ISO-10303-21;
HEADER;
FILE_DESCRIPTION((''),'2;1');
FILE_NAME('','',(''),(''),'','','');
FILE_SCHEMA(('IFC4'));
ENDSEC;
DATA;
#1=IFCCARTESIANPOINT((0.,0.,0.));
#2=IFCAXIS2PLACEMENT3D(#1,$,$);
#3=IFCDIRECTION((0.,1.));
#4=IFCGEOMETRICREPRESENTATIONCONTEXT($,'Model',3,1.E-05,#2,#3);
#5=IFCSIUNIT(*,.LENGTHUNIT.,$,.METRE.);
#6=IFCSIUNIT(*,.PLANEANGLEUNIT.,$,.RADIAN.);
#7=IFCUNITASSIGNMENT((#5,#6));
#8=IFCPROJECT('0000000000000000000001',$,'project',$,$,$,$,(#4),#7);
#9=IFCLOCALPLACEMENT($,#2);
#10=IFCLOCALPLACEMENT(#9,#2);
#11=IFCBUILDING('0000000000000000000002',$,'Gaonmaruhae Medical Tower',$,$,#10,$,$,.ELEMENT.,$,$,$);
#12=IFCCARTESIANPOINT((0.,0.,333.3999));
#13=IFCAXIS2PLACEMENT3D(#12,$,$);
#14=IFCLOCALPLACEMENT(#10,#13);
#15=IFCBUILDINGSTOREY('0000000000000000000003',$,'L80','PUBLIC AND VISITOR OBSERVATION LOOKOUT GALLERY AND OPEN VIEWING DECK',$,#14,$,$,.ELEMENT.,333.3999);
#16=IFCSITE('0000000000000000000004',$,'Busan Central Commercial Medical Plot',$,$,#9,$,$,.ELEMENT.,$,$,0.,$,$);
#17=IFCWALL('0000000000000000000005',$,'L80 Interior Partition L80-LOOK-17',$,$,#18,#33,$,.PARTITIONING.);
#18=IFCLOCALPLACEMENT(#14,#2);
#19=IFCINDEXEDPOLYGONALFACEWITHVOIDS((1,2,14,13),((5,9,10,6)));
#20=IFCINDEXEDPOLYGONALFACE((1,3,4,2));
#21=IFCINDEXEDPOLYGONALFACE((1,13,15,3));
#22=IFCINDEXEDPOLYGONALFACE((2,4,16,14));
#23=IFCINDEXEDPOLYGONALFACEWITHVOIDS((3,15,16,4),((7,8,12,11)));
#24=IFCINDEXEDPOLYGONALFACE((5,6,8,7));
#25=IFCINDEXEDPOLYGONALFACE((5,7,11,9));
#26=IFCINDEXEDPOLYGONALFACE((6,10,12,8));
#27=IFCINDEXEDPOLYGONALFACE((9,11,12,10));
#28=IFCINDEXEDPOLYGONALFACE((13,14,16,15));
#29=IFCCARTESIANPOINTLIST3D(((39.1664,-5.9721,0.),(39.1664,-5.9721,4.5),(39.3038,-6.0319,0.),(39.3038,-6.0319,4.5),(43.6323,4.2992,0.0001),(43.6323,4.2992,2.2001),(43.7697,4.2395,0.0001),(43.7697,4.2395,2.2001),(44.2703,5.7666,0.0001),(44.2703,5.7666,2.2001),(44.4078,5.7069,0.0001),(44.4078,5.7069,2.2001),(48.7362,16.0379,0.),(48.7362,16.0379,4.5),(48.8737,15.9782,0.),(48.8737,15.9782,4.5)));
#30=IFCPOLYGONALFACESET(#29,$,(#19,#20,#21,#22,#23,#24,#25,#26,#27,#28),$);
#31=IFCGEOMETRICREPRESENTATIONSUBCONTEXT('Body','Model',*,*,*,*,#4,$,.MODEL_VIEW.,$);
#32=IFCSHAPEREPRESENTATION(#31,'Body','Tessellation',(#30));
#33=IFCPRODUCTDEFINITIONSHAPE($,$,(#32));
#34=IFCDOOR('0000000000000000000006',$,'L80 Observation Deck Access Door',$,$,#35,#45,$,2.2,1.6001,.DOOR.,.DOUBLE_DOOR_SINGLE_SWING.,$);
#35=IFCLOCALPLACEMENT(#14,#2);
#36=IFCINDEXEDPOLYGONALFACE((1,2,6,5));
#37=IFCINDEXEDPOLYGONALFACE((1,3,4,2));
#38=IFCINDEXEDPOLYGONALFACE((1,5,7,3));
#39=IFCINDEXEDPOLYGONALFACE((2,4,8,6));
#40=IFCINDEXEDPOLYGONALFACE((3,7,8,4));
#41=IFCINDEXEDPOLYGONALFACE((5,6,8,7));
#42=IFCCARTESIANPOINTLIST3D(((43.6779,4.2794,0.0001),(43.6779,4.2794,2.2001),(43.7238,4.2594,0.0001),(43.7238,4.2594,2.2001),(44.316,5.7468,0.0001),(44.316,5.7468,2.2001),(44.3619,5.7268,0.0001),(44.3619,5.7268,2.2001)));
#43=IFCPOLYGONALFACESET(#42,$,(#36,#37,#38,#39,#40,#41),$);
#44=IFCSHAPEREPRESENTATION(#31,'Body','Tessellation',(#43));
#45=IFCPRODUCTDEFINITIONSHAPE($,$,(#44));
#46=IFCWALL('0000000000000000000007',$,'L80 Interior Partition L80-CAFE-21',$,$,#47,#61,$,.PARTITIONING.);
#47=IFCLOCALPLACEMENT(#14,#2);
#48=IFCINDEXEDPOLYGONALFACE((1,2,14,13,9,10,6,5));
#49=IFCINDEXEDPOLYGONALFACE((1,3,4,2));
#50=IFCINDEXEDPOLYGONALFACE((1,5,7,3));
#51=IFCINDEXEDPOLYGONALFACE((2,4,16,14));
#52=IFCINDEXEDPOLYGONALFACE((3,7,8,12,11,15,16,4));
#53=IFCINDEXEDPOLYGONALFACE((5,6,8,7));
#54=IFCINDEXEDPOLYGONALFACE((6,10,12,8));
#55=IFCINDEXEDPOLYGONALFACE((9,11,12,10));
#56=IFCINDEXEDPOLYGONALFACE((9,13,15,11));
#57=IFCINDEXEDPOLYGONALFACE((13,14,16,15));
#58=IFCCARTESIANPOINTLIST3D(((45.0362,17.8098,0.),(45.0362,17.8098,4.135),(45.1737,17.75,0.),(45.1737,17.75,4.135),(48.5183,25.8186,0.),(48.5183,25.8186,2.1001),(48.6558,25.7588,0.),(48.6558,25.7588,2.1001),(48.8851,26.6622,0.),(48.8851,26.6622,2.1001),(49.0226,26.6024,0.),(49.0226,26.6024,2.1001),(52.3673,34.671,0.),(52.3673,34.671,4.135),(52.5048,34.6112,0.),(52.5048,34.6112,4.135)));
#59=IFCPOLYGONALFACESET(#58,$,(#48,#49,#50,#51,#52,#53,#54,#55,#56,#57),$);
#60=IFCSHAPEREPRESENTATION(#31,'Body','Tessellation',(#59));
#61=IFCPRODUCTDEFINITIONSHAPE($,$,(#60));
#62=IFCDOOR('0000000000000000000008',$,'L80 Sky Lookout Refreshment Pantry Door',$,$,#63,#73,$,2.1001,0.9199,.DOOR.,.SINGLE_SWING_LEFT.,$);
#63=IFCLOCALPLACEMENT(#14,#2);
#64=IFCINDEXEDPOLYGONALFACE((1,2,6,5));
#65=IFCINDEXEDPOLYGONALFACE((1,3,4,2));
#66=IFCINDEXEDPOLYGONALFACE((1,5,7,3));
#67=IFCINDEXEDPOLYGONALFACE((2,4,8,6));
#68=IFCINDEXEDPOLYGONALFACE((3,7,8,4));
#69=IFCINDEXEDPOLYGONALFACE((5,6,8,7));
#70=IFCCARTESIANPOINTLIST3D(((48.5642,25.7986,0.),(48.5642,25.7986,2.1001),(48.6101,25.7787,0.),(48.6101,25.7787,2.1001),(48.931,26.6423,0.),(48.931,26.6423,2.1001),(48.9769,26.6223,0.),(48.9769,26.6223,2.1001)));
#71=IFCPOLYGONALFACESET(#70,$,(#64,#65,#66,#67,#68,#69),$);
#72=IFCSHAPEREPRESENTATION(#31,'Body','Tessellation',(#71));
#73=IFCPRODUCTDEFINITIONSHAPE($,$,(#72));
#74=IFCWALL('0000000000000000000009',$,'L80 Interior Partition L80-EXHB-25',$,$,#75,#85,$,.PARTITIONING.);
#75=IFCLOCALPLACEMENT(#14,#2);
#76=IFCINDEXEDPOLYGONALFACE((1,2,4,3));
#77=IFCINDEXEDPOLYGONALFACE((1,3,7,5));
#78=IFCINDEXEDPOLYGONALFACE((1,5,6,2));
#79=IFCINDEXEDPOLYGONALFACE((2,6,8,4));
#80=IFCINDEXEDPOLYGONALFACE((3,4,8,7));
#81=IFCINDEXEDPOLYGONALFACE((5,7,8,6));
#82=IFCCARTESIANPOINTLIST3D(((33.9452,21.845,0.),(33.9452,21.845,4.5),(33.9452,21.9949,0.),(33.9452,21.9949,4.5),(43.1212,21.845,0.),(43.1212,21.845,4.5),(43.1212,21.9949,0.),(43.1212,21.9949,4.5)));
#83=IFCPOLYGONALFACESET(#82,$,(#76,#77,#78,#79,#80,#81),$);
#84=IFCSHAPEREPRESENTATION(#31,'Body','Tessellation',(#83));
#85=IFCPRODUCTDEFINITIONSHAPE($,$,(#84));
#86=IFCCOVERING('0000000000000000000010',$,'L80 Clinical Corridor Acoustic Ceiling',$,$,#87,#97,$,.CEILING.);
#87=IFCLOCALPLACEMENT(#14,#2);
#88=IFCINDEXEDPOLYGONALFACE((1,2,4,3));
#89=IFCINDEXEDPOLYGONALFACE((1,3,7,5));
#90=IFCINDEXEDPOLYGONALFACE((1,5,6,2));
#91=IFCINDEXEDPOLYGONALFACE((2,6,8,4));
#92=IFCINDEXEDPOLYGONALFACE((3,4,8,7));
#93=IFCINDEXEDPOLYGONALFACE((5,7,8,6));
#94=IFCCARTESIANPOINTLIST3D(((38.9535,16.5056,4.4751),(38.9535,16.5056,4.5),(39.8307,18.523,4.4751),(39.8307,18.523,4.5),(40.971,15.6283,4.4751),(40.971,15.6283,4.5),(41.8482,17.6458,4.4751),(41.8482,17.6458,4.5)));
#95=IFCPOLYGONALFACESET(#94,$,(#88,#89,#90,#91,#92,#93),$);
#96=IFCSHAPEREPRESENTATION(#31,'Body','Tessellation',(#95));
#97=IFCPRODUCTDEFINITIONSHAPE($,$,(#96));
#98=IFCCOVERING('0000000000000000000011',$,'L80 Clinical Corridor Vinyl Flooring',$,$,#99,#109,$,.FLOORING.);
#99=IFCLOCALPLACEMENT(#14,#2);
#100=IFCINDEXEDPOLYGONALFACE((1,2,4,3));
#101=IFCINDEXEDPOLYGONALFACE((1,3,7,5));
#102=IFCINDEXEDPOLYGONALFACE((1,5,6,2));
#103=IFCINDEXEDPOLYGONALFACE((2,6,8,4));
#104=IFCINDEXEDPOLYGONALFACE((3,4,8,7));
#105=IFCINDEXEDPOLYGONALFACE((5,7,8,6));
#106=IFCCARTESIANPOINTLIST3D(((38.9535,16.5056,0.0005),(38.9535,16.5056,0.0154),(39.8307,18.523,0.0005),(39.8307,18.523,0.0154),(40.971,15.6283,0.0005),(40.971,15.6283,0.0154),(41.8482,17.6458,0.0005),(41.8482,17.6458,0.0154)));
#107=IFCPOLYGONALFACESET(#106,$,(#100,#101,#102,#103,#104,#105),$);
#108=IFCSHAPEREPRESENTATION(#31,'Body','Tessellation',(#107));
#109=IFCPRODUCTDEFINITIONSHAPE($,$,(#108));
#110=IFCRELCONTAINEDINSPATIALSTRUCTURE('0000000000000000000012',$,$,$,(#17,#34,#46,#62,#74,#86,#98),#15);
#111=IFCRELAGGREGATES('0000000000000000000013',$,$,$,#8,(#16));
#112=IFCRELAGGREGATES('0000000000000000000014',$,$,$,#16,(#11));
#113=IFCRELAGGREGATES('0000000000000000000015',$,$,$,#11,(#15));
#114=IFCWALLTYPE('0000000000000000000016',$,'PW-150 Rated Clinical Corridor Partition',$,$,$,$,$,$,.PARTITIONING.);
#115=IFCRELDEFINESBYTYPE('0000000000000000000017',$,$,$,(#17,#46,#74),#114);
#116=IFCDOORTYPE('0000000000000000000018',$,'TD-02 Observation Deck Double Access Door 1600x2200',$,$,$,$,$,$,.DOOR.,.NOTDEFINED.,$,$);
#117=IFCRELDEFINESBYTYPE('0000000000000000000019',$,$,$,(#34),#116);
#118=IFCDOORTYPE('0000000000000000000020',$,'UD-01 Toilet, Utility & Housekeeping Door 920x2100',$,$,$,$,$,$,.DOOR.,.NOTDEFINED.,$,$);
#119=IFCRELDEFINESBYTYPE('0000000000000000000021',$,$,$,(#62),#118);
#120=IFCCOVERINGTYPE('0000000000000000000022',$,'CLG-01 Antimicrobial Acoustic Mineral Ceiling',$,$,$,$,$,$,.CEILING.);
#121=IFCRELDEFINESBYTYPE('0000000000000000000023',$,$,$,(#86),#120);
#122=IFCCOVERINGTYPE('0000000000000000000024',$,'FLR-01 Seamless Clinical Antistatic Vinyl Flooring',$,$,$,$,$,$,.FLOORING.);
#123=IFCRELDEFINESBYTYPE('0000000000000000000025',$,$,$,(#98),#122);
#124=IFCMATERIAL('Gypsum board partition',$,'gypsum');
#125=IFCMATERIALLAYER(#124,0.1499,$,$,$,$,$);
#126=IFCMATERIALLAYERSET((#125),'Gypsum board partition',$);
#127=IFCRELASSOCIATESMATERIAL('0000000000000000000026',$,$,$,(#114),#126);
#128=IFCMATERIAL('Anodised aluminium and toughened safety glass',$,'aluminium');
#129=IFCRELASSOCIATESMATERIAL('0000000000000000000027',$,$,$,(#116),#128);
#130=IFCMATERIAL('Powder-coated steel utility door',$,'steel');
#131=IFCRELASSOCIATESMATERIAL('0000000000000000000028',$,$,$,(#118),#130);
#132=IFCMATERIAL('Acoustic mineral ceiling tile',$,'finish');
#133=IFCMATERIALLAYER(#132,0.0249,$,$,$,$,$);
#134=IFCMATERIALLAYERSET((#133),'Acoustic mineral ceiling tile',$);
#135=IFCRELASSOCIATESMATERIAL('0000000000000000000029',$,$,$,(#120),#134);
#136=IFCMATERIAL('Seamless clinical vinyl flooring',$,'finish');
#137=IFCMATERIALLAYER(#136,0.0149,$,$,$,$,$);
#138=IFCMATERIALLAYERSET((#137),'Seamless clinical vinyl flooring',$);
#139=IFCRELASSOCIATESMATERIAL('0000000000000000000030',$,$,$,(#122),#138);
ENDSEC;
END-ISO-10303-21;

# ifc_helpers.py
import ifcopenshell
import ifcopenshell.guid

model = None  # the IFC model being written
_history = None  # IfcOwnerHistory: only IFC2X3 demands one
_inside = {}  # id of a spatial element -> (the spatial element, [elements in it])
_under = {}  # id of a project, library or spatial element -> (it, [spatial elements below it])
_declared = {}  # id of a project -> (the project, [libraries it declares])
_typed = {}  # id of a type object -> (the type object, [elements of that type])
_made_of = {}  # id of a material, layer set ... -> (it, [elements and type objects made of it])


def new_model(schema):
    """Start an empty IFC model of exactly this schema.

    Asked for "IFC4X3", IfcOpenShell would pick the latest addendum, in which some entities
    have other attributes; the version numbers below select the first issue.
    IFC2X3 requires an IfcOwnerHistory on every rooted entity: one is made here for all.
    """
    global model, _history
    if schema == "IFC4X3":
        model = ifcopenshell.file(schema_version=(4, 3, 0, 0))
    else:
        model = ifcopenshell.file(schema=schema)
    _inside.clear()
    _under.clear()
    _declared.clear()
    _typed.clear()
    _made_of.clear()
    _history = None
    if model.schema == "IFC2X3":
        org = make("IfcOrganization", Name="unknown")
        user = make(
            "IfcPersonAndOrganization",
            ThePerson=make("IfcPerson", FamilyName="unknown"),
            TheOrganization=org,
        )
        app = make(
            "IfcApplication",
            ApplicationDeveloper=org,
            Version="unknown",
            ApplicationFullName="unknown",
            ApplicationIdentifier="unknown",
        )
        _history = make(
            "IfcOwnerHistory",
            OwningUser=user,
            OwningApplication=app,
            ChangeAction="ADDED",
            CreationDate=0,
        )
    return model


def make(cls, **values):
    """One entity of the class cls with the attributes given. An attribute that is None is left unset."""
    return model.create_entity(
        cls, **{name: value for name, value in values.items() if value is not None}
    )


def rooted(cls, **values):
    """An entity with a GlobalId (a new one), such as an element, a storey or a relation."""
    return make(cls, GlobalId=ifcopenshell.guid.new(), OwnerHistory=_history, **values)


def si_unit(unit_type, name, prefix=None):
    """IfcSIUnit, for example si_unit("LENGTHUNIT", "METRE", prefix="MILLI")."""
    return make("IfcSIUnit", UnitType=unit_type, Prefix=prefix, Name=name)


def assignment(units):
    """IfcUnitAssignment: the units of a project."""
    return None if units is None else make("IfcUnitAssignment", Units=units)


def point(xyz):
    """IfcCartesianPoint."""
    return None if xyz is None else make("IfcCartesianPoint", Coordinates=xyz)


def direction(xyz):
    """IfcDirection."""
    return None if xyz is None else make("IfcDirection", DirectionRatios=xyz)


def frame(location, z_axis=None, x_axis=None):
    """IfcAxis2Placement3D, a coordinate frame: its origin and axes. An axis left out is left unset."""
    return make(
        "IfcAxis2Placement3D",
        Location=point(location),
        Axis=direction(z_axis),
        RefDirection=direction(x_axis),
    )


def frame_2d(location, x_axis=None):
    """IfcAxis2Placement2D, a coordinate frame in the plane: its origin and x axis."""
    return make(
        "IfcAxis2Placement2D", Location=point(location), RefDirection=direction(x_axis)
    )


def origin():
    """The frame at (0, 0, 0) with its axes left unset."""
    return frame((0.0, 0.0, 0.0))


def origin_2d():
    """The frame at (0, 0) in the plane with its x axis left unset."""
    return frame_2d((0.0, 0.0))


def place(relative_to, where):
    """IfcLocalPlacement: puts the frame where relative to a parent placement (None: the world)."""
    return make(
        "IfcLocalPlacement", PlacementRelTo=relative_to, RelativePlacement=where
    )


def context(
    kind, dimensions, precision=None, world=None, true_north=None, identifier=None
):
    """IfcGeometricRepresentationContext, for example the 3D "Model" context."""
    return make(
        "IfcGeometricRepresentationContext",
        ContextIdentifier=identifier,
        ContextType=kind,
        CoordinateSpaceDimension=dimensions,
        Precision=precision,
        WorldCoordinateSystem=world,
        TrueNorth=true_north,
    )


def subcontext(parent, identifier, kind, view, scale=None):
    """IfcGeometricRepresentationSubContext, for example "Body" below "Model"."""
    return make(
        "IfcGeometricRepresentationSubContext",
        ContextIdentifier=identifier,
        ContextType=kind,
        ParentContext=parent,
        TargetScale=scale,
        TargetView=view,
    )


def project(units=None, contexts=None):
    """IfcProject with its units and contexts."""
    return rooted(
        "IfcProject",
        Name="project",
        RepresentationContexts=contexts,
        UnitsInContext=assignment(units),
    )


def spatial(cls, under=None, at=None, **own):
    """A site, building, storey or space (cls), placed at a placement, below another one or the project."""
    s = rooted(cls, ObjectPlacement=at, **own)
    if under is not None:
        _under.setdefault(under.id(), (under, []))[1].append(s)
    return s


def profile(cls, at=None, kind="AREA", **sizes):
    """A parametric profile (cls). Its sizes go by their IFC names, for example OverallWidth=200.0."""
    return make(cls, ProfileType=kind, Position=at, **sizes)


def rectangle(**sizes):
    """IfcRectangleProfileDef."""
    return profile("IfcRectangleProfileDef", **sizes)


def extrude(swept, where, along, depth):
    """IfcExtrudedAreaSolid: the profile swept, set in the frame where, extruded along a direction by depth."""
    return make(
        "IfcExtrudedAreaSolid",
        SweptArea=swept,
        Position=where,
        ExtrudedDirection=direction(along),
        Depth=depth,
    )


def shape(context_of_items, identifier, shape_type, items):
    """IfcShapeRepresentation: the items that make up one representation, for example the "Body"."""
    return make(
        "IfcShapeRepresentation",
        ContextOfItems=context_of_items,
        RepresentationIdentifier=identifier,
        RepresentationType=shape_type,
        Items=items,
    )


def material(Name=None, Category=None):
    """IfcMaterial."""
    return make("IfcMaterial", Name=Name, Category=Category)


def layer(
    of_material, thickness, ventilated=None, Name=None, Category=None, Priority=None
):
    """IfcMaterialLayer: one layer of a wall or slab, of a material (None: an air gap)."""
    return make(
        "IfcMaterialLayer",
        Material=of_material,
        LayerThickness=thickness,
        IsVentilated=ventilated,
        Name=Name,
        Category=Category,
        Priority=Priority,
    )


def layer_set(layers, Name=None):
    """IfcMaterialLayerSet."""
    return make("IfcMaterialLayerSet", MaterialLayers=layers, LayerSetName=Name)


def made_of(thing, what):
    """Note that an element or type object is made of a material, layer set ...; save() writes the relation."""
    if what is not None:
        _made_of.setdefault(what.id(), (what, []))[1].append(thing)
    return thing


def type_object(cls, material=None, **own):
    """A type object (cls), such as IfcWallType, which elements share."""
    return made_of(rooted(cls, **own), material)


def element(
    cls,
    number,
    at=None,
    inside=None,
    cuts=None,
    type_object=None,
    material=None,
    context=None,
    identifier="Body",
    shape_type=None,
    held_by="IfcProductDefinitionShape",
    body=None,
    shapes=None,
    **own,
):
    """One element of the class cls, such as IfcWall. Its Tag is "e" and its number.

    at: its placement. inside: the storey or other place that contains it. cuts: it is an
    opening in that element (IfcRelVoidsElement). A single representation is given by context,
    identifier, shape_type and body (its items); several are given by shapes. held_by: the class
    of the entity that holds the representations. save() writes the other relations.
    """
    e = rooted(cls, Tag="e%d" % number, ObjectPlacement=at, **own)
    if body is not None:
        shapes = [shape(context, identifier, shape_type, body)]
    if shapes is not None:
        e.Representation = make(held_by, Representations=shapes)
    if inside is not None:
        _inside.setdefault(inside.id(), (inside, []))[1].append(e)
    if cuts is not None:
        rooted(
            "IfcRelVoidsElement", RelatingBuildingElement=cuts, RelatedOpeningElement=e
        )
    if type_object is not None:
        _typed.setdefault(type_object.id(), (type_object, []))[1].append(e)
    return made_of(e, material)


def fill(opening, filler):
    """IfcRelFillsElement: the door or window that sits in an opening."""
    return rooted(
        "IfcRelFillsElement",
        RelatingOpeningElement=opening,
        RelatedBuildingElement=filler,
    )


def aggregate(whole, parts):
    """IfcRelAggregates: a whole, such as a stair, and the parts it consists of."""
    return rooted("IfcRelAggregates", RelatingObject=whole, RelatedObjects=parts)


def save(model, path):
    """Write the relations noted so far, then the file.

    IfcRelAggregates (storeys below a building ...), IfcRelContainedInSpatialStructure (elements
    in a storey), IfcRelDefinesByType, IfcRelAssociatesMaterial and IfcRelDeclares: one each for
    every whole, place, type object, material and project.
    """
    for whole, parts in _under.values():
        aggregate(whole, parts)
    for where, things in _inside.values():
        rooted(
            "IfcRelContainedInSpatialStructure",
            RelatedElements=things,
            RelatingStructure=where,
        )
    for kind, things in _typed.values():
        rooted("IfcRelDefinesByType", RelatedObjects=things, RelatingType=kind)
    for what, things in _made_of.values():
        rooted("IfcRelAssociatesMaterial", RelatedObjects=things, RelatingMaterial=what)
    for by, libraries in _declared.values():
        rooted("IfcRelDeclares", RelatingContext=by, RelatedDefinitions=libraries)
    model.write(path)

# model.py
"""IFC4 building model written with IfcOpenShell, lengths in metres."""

from ifc_helpers import new_model, si_unit, direction, frame, frame_2d, origin, origin_2d, place, context, subcontext, project, spatial, rectangle, extrude, material, layer, layer_set, type_object, element, fill, save


model = new_model("IFC4")

# Units and contexts
model_context = context("Model", 3, precision=1e-05, world=origin(), true_north=direction((0.0, 1.0)))
body_context = subcontext(model_context, "Body", "Model", "MODEL_VIEW")
ifc_project = project(units=[si_unit("LENGTHUNIT", "METRE"), si_unit("PLANEANGLEUNIT", "RADIAN")], contexts=[model_context])

# Site, building, storey
site_placement = place(None, origin())
site = spatial("IfcSite", under=ifc_project, at=site_placement, Name="Busan Central Commercial Medical Plot", CompositionType="ELEMENT", RefElevation=0.0)
building_placement = place(site_placement, origin())
building = spatial("IfcBuilding", under=site, at=building_placement, Name="Gaonmaruhae Medical Tower", CompositionType="ELEMENT")
storey_placement = place(building_placement, frame((0.0, 0.0, 333.3999)))
storey = spatial("IfcBuildingStorey", under=building, at=storey_placement, Name="L80", Description="PUBLIC AND VISITOR OBSERVATION LOOKOUT GALLERY AND OPEN VIEWING DECK", CompositionType="ELEMENT", Elevation=333.3999)

# Shared definitions
ifc_material_1 = material(Name="Gypsum board partition", Category="gypsum")
ifc_layer_1 = layer(ifc_material_1, 0.1499)
ifc_layer_set_1 = layer_set([ifc_layer_1], Name="Gypsum board partition")
wall_type = type_object("IfcWallType", Name="PW-150 Rated Clinical Corridor Partition", PredefinedType="PARTITIONING", material=ifc_layer_set_1)

# Walls, openings, doors
wall_1_placement = place(storey_placement, frame((48.8049, 16.0081, 0.0), z_axis=(0.0, 0.0, 1.0), x_axis=(-0.398735, -0.917066, 0.0)))
wall_1 = element("IfcWall", 1, at=wall_1_placement, inside=storey, type_object=wall_type, Name="L80 Interior Partition L80-LOOK-17", PredefinedType="PARTITIONING", context=body_context, shape_type="SweptSolid", body=[
    extrude(rectangle(XDim=24.0005, YDim=0.1499, at=frame_2d((12.0002, 0.0))), origin(), (0.0, 0.0, 1.0), 4.5),
])
opening_1_placement = place(wall_1_placement, frame((11.2002, 0.0, 0.0)))
opening_1 = element("IfcOpeningElement", 2, at=opening_1_placement, cuts=wall_1, PredefinedType="OPENING", context=body_context, shape_type="SweptSolid", body=[
    extrude(rectangle(XDim=1.6001, YDim=2.2, at=frame_2d((0.8, 1.1001))), frame((0.0, 0.085, 0.0), z_axis=(0.0, -1.0, 0.0), x_axis=(1.0, 0.0, 0.0)), (0.0, 0.0, 1.0), 0.1699),
])
ifc_material_2 = material(Name="Anodised aluminium and toughened safety glass", Category="aluminium")
door_type_1 = type_object("IfcDoorType", Name="TD-02 Observation Deck Double Access Door 1600x2200", OperationType="NOTDEFINED", PredefinedType="DOOR", material=ifc_material_2)
door_1_placement = place(opening_1_placement, origin())
door_1 = element("IfcDoor", 3, at=door_1_placement, inside=storey, type_object=door_type_1, Name="L80 Observation Deck Access Door", OperationType="DOUBLE_DOOR_SINGLE_SWING", OverallHeight=2.2, OverallWidth=1.6001, PredefinedType="DOOR", context=body_context, shape_type="SweptSolid", body=[
    extrude(rectangle(XDim=1.6001, YDim=2.2, at=frame_2d((0.8, 1.1001))), frame((0.0, 0.0249, 0.0), z_axis=(0.0, -1.0, 0.0), x_axis=(1.0, 0.0, 0.0)), (0.0, 0.0, 1.0), 0.05),
])
fill(opening_1, door_1)
wall_2_placement = place(storey_placement, frame((45.105, 17.78, 0.0), z_axis=(0.0, 0.0, 1.0), x_axis=(0.398733, 0.917067, 0.0)))
wall_2 = element("IfcWall", 4, at=wall_2_placement, inside=storey, type_object=wall_type, Name="L80 Interior Partition L80-CAFE-21", PredefinedType="PARTITIONING", context=body_context, shape_type="SweptSolid", body=[
    extrude(rectangle(XDim=18.386, YDim=0.1499, at=frame_2d((9.1929, 0.0))), origin(), (0.0, 0.0, 1.0), 4.135),
])
opening_2_placement = place(wall_2_placement, frame((8.7329, 0.0, 0.0)))
opening_2 = element("IfcOpeningElement", 5, at=opening_2_placement, cuts=wall_2, PredefinedType="OPENING", context=body_context, shape_type="SweptSolid", body=[
    extrude(rectangle(XDim=0.9199, YDim=2.1001, at=frame_2d((0.46, 1.05))), frame((0.0, 0.085, 0.0), z_axis=(0.0, -1.0, 0.0), x_axis=(1.0, 0.0, 0.0)), (0.0, 0.0, 1.0), 0.1699),
])
ifc_material_3 = material(Name="Powder-coated steel utility door", Category="steel")
door_type_2 = type_object("IfcDoorType", Name="UD-01 Toilet, Utility & Housekeeping Door 920x2100", OperationType="NOTDEFINED", PredefinedType="DOOR", material=ifc_material_3)
door_2_placement = place(opening_2_placement, origin())
door_2 = element("IfcDoor", 6, at=door_2_placement, inside=storey, type_object=door_type_2, Name="L80 Sky Lookout Refreshment Pantry Door", OperationType="SINGLE_SWING_LEFT", OverallHeight=2.1001, OverallWidth=0.9199, PredefinedType="DOOR", context=body_context, shape_type="SweptSolid", body=[
    extrude(rectangle(XDim=0.9199, YDim=2.1001, at=frame_2d((0.46, 1.05))), frame((0.0, 0.0249, 0.0), z_axis=(0.0, -1.0, 0.0), x_axis=(1.0, 0.0, 0.0)), (0.0, 0.0, 1.0), 0.05),
])
fill(opening_2, door_2)

# Wall
wall_3_placement = place(storey_placement, frame((43.1211, 21.9199, 0.0), z_axis=(0.0, 0.0, 1.0), x_axis=(-1.0, 0.0, 0.0)))
element("IfcWall", 7, at=wall_3_placement, inside=storey, type_object=wall_type, Name="L80 Interior Partition L80-EXHB-25", PredefinedType="PARTITIONING", context=body_context, shape_type="SweptSolid", body=[
    extrude(rectangle(XDim=9.176, YDim=0.1499, at=frame_2d((4.5879, 0.0))), origin(), (0.0, 0.0, 1.0), 4.5),
])

# Coverings
ifc_material_4 = material(Name="Acoustic mineral ceiling tile", Category="finish")
ifc_layer_2 = layer(ifc_material_4, 0.0249)
ifc_layer_set_2 = layer_set([ifc_layer_2], Name="Acoustic mineral ceiling tile")
covering_type_1 = type_object("IfcCoveringType", Name="CLG-01 Antimicrobial Acoustic Mineral Ceiling", PredefinedType="CEILING", material=ifc_layer_set_2)
covering_1_placement = place(storey_placement, frame((40.4009, 17.0757, 4.4751), z_axis=(0.0, 0.0, 1.0), x_axis=(0.398749, 0.91706, 0.0)))
element("IfcCovering", 8, at=covering_1_placement, inside=storey, type_object=covering_type_1, Name="L80 Clinical Corridor Acoustic Ceiling", PredefinedType="CEILING", context=body_context, shape_type="SweptSolid", body=[
    extrude(rectangle(XDim=2.2, YDim=2.2, at=origin_2d()), origin(), (0.0, 0.0, 1.0), 0.0249),
])
ifc_material_5 = material(Name="Seamless clinical vinyl flooring", Category="finish")
ifc_layer_3 = layer(ifc_material_5, 0.0149)
ifc_layer_set_3 = layer_set([ifc_layer_3], Name="Seamless clinical vinyl flooring")
covering_type_2 = type_object("IfcCoveringType", Name="FLR-01 Seamless Clinical Antistatic Vinyl Flooring", PredefinedType="FLOORING", material=ifc_layer_set_3)
covering_2_placement = place(storey_placement, frame((40.4009, 17.0757, 0.0005), z_axis=(0.0, 0.0, 1.0), x_axis=(0.398749, 0.91706, 0.0)))
element("IfcCovering", 9, at=covering_2_placement, inside=storey, type_object=covering_type_2, Name="L80 Clinical Corridor Vinyl Flooring", PredefinedType="FLOORING", context=body_context, shape_type="SweptSolid", body=[
    extrude(rectangle(XDim=2.2, YDim=2.2, at=origin_2d()), origin(), (0.0, 0.0, 1.0), 0.0149),
])

save(model, "model.ifc")
